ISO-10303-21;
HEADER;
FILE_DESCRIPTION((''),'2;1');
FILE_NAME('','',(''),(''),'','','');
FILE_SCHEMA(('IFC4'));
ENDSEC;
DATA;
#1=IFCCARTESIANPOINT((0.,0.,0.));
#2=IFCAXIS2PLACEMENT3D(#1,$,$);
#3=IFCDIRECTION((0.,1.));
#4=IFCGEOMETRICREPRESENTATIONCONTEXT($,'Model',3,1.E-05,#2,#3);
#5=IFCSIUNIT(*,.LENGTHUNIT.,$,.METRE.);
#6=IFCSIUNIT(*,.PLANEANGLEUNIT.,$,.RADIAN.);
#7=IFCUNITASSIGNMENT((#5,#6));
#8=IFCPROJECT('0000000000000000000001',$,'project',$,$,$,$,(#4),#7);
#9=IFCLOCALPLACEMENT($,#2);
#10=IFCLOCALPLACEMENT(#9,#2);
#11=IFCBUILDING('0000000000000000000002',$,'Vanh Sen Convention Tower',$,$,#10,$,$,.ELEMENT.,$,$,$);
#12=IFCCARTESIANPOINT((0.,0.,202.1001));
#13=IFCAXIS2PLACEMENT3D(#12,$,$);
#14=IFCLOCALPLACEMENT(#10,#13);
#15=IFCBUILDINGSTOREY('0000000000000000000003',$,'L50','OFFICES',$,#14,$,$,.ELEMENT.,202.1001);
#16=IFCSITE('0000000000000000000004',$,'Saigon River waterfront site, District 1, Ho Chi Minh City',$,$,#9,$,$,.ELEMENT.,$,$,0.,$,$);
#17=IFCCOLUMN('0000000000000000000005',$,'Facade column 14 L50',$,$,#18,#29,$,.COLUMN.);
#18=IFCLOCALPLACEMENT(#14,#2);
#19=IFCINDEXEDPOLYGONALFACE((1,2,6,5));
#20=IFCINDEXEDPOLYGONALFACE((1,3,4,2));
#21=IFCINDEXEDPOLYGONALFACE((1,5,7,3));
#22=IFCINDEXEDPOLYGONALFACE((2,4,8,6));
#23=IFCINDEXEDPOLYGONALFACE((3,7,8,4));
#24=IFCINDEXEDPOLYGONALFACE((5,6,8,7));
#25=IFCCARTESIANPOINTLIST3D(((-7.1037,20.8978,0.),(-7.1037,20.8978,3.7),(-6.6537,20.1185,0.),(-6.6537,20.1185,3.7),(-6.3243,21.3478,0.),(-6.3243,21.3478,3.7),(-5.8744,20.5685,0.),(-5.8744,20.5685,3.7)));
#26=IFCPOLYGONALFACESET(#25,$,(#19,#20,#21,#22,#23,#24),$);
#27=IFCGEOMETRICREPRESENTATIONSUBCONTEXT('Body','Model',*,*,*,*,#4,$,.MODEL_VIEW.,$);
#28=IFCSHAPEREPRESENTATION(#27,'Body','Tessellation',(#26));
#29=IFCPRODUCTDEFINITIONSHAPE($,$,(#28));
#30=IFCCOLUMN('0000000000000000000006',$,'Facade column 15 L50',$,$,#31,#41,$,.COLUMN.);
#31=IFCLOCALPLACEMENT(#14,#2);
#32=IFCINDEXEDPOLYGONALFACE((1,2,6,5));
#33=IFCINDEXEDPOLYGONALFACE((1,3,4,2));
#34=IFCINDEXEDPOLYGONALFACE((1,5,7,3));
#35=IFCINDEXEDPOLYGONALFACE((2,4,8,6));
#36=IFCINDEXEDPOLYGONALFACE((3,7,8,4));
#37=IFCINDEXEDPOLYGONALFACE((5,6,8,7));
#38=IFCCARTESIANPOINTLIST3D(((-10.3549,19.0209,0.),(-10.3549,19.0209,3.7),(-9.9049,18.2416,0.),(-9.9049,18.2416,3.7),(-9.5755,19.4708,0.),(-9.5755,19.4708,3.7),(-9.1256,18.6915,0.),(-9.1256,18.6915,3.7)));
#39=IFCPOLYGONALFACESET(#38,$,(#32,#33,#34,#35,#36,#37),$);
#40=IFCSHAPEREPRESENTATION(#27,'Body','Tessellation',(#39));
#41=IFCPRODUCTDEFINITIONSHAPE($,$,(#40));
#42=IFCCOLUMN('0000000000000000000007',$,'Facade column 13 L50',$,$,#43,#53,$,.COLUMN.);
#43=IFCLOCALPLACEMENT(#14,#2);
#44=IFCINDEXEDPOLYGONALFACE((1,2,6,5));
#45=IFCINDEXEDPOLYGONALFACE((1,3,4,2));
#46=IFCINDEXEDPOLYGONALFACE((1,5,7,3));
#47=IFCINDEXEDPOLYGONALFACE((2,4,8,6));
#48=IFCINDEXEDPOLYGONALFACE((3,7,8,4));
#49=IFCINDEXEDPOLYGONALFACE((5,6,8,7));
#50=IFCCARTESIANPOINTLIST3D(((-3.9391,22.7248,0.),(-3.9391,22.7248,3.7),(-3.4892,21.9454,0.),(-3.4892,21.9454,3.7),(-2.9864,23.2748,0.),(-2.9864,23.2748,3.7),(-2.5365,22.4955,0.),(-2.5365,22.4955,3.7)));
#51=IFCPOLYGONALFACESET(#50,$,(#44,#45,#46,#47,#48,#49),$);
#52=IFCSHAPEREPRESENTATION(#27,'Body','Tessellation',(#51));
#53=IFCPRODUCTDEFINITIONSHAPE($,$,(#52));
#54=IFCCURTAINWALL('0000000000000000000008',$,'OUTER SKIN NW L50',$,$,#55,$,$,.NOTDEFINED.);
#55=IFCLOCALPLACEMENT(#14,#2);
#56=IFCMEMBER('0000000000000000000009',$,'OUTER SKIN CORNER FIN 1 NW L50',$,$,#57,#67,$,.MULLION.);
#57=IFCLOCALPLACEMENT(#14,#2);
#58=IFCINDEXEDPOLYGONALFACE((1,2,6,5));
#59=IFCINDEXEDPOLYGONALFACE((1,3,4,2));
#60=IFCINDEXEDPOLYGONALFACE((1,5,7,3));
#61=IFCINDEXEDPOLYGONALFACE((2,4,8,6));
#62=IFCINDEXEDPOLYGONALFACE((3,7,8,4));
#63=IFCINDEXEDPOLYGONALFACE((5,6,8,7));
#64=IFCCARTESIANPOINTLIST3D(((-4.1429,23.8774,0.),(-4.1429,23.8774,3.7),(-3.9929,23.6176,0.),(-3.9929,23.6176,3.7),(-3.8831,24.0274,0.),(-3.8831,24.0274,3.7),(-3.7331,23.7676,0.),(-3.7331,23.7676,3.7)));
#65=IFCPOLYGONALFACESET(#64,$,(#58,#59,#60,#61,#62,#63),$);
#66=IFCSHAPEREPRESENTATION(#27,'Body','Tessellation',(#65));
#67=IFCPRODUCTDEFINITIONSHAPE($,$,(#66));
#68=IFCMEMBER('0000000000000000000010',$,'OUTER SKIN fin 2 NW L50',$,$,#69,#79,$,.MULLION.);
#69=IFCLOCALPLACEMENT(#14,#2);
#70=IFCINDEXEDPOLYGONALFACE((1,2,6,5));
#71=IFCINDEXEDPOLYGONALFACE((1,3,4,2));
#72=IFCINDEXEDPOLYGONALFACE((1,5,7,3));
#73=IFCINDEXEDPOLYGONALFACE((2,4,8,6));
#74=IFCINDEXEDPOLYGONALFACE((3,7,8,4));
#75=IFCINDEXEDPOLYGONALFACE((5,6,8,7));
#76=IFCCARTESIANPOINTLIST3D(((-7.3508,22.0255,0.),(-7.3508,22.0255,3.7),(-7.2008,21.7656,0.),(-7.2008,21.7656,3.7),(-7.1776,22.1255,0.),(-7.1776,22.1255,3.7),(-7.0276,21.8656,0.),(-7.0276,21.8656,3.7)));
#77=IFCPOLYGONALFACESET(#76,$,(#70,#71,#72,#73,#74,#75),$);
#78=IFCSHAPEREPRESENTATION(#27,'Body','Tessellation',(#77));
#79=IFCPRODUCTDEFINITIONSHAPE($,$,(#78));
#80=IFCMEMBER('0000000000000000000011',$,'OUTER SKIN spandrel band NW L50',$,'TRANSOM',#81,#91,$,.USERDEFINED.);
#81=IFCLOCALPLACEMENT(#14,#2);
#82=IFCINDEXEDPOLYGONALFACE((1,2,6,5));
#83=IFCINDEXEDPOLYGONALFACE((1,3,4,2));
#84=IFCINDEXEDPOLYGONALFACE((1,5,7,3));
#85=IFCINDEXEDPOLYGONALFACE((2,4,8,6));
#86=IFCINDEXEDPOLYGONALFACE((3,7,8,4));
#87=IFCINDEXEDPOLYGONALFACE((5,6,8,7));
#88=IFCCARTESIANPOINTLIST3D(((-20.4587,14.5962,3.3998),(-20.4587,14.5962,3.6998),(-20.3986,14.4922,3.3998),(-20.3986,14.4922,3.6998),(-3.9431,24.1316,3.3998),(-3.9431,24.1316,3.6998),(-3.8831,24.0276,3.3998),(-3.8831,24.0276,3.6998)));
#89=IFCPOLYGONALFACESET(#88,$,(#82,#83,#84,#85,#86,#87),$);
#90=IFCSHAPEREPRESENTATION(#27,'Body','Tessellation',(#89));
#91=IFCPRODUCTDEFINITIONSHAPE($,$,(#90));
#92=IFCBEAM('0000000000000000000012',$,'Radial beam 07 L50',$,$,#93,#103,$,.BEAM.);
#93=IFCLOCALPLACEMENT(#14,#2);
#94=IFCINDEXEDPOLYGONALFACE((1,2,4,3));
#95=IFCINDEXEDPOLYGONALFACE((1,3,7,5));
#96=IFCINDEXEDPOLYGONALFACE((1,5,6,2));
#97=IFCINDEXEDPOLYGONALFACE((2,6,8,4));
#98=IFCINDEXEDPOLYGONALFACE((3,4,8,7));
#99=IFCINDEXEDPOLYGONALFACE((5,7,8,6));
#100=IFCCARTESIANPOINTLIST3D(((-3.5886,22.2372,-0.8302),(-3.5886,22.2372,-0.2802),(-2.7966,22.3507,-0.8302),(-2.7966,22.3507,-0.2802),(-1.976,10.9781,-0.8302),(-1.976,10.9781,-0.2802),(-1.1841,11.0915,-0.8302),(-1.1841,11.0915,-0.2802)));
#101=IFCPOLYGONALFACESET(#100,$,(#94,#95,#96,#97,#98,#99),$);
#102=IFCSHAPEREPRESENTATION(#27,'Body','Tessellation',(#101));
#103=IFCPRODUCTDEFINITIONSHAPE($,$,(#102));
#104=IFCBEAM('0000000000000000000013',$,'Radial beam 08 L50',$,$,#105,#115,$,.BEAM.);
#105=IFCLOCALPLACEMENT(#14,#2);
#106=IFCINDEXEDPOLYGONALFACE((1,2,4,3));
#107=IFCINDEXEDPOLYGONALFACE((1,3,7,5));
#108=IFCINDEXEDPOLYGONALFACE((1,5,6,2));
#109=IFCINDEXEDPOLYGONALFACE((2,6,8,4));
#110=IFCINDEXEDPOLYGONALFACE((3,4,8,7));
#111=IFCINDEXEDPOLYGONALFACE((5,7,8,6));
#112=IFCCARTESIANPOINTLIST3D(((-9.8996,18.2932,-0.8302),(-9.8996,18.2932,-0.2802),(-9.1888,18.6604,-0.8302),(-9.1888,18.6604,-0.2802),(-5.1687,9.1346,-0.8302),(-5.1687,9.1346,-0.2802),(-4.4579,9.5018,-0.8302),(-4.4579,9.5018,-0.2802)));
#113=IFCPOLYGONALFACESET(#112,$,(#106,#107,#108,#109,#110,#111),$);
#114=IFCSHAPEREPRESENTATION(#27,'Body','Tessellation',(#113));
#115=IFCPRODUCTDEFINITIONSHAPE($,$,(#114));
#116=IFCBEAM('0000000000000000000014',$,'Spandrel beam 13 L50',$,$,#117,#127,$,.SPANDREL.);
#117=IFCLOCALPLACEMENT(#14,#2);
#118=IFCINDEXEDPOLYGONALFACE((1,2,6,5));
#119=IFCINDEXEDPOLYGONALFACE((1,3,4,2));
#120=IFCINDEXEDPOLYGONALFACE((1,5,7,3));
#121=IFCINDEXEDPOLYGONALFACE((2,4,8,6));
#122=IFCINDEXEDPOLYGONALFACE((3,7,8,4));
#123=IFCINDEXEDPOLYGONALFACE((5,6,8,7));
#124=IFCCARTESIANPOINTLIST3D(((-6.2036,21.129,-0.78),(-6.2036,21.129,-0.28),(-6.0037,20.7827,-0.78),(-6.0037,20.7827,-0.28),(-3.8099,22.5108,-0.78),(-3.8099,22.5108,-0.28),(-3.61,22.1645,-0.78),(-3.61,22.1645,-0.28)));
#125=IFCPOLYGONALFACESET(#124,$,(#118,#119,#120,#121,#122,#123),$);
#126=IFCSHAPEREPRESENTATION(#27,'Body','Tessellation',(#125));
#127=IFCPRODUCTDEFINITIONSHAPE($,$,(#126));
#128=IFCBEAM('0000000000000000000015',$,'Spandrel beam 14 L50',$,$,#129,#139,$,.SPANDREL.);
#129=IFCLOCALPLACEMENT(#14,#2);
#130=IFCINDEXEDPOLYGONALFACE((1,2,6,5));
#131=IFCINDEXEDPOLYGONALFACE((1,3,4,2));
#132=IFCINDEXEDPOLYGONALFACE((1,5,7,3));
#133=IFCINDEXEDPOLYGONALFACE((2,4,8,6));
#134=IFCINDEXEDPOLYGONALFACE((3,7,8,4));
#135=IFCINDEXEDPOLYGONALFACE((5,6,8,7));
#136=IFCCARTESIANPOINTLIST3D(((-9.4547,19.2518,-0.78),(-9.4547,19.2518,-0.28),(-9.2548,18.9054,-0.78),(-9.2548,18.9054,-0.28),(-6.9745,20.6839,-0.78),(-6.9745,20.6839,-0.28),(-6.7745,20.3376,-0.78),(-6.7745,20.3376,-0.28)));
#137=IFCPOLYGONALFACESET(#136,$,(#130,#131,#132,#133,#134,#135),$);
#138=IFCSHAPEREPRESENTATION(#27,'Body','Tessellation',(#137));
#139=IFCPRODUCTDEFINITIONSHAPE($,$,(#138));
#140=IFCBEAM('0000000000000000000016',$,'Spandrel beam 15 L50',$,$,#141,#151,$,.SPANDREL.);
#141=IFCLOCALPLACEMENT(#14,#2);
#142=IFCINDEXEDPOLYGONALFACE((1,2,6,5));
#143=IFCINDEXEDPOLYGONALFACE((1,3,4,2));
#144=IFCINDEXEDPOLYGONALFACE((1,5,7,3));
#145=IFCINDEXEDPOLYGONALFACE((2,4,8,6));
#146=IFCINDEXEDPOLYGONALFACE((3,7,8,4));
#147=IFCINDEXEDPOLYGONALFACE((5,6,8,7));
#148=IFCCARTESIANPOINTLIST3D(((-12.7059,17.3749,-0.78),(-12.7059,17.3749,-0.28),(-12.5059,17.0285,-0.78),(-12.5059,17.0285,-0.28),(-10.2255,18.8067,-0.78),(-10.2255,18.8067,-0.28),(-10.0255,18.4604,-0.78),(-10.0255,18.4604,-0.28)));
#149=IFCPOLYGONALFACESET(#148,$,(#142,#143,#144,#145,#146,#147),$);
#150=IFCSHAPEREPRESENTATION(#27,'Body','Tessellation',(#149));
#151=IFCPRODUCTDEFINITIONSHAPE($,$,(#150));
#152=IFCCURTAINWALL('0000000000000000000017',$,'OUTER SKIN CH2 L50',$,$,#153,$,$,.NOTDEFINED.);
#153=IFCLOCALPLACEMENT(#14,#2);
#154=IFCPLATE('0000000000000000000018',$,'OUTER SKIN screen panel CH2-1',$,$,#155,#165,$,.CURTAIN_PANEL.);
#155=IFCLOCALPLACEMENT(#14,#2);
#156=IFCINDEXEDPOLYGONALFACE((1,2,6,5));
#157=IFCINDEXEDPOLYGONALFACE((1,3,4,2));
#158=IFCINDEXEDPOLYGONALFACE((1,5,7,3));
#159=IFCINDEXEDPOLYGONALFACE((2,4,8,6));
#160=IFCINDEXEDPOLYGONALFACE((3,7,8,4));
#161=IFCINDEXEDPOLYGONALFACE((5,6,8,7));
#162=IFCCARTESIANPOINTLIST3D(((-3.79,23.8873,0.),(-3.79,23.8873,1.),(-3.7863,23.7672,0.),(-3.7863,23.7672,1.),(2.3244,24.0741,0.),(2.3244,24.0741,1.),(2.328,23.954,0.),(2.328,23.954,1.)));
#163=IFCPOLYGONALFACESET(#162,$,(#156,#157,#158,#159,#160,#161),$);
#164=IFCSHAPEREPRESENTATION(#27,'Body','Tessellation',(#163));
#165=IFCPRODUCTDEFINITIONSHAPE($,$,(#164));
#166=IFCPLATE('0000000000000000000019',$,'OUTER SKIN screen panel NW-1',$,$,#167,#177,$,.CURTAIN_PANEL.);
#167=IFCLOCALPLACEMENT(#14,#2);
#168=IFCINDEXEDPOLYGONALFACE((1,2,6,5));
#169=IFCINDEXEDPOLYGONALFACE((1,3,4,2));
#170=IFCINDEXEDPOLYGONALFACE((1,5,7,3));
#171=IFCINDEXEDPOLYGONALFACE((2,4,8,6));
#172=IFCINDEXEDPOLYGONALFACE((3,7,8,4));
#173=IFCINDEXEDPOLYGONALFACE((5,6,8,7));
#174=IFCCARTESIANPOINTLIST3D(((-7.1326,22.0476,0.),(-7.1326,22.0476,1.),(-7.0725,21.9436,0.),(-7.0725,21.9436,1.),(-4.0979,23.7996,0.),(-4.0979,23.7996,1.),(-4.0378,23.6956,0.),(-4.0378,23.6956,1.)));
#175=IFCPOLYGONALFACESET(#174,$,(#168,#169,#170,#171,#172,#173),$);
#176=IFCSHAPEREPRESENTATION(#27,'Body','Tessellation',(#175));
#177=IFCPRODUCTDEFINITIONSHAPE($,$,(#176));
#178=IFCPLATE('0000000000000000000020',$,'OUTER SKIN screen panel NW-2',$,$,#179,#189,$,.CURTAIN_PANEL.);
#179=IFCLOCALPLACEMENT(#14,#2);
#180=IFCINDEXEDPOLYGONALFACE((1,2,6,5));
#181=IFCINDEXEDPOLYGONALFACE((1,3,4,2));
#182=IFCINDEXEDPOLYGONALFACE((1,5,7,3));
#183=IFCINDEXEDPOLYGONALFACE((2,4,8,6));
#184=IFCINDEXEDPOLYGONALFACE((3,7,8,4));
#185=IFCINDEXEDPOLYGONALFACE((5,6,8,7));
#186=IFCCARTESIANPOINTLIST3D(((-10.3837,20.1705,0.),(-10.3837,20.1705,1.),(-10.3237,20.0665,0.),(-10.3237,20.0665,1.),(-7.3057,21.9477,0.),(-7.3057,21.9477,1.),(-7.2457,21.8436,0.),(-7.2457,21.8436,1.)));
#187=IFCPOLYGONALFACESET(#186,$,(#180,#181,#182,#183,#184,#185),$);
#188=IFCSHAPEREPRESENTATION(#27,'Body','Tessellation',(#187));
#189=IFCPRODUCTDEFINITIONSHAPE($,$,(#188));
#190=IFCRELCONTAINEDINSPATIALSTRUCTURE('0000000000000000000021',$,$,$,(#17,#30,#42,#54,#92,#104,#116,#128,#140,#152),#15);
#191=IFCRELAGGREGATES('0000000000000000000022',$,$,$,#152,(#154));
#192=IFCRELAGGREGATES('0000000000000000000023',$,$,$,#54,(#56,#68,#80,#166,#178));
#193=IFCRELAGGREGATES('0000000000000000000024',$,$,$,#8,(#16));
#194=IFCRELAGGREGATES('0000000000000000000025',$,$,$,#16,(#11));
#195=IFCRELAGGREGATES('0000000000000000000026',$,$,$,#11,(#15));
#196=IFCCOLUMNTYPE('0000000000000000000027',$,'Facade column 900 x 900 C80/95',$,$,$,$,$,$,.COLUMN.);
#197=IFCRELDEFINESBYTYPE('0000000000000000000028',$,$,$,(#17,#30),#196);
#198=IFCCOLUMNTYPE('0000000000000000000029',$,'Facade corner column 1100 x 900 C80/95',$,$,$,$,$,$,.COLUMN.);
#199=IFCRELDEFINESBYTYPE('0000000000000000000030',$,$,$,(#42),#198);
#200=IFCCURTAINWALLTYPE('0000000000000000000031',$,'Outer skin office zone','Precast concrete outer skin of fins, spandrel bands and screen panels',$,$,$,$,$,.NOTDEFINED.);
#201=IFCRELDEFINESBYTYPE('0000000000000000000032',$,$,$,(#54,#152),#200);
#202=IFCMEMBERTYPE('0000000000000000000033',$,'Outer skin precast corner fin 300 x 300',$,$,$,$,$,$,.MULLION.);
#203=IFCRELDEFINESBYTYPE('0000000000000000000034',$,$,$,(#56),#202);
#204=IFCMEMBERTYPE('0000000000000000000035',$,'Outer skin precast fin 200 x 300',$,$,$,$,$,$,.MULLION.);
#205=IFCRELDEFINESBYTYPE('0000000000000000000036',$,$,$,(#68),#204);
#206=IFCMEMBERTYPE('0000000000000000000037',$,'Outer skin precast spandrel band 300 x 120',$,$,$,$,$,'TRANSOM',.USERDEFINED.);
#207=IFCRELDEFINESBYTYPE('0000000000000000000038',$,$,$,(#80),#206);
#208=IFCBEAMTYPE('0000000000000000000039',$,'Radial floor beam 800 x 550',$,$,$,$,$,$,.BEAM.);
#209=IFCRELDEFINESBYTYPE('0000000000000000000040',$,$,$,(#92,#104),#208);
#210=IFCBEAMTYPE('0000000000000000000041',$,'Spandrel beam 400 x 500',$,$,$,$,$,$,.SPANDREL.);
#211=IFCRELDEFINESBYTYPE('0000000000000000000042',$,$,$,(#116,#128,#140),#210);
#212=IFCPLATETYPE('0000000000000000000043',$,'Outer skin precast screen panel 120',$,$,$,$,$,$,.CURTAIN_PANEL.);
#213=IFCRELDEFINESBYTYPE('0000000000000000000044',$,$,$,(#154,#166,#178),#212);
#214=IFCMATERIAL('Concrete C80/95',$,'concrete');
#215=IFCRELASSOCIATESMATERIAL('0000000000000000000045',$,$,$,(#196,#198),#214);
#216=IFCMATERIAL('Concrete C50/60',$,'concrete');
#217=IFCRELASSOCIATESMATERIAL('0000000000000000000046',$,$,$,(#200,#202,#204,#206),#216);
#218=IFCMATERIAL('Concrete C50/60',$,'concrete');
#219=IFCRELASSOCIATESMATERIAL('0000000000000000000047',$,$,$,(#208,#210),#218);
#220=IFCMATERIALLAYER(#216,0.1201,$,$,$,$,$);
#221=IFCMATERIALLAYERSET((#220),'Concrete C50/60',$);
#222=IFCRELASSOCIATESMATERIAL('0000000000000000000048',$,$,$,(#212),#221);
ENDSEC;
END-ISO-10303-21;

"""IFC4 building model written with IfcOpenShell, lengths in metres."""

from ifc_helpers import new_model, si_unit, direction, frame, origin, origin_2d, place, context, subcontext, project, spatial, rectangle, extrude, material, layer, layer_set, material_profile, profile_set, type_object, element, aggregate, save


model = new_model("IFC4")

# Units and contexts
model_context = context("Model", 3, precision=1e-05, world=origin(), true_north=direction((0.0, 1.0)))
body_context = subcontext(model_context, "Body", "Model", "MODEL_VIEW")
ifc_project = project(units=[si_unit("LENGTHUNIT", "METRE"), si_unit("PLANEANGLEUNIT", "RADIAN")], contexts=[model_context])

# Site, building, storey
site_placement = place(None, origin())
site = spatial("IfcSite", under=ifc_project, at=site_placement, Name="Saigon River waterfront site, District 1, Ho Chi Minh City", CompositionType="ELEMENT", RefElevation=0.0)
building_placement = place(site_placement, origin())
building = spatial("IfcBuilding", under=site, at=building_placement, Name="Vanh Sen Convention Tower", CompositionType="ELEMENT")
storey_placement = place(building_placement, frame((0.0, 0.0, 202.1001)))
storey = spatial("IfcBuildingStorey", under=building, at=storey_placement, Name="L50", Description="OFFICES", CompositionType="ELEMENT", Elevation=202.1001)

# Columns
ifc_material_1 = material(Name="Concrete C80/95", Category="concrete")
ifc_material_profile_1 = material_profile(ifc_material_1, rectangle(XDim=0.8999, YDim=0.8999, at=origin_2d()), Name="RC 900X900")
ifc_profile_set_1 = profile_set([ifc_material_profile_1], Name="Concrete C80/95")
column_type_1 = type_object("IfcColumnType", Name="Facade column 900 x 900 C80/95", PredefinedType="COLUMN", material=ifc_profile_set_1)
for number, where, z_axis, x_axis, name in (
    (1, (-6.489, 20.7332, 0.0), (0.0, 0.0, 1.0), (-0.866025, -0.5, 0.0), "Facade column 14 L50"),
    (2, (-9.7402, 18.8562, 0.0), (0.0, 0.0, 1.0), (-0.866025, -0.5, 0.0), "Facade column 15 L50"),
):
    element("IfcColumn", number, at=place(storey_placement, frame(where, z_axis=z_axis, x_axis=x_axis)), inside=storey, type_object=column_type_1, Name=name, PredefinedType="COLUMN", context=body_context, shape_type="SweptSolid", body=[
        extrude(rectangle(XDim=0.8999, YDim=0.8999, at=origin_2d()), origin(), (0.0, 0.0, 1.0), 3.7),
    ])
ifc_material_profile_2 = material_profile(ifc_material_1, rectangle(XDim=1.1001, YDim=0.8999, at=origin_2d()), Name="RC 1100X900")
ifc_profile_set_2 = profile_set([ifc_material_profile_2], Name="Concrete C80/95")
column_type_2 = type_object("IfcColumnType", Name="Facade corner column 1100 x 900 C80/95", PredefinedType="COLUMN", material=ifc_profile_set_2)
column_placement = place(storey_placement, frame((-3.2378, 22.6101, 0.0), z_axis=(0.0, 0.0, 1.0), x_axis=(-0.866025, -0.5, 0.0)))
element("IfcColumn", 3, at=column_placement, inside=storey, type_object=column_type_2, Name="Facade column 13 L50", PredefinedType="COLUMN", context=body_context, shape_type="SweptSolid", body=[
    extrude(rectangle(XDim=1.1001, YDim=0.8999, at=origin_2d()), origin(), (0.0, 0.0, 1.0), 3.7),
])

# Curtain wall, members
ifc_material_2 = material(Name="Concrete C50/60", Category="concrete")
curtain_wall_type = type_object("IfcCurtainWallType", Name="Outer skin office zone", Description="Precast concrete outer skin of fins, spandrel bands and screen panels", PredefinedType="NOTDEFINED", material=ifc_material_2)
curtain_wall_1_placement = place(storey_placement, origin())
curtain_wall_1 = element("IfcCurtainWall", 4, at=curtain_wall_1_placement, inside=storey, type_object=curtain_wall_type, Name="OUTER SKIN NW L50", PredefinedType="NOTDEFINED")
ifc_material_profile_3 = material_profile(ifc_material_2, rectangle(XDim=0.3, YDim=0.3, at=origin_2d()), Name="Outer skin precast corner fin 300 x 300")
ifc_profile_set_3 = profile_set([ifc_material_profile_3], Name="Concrete C50/60")
member_type_1 = type_object("IfcMemberType", Name="Outer skin precast corner fin 300 x 300", PredefinedType="MULLION", material=ifc_profile_set_3)
member_1_placement = place(storey_placement, frame((-3.938, 23.8225, 0.0), z_axis=(0.0, 0.0, 1.0), x_axis=(-0.866025, -0.5, 0.0)))
member_1 = element("IfcMember", 5, at=member_1_placement, type_object=member_type_1, Name="OUTER SKIN CORNER FIN 1 NW L50", PredefinedType="MULLION", context=body_context, shape_type="SweptSolid", body=[
    extrude(rectangle(XDim=0.3, YDim=0.3, at=origin_2d()), origin(), (0.0, 0.0, 1.0), 3.7),
])
ifc_material_profile_4 = material_profile(ifc_material_2, rectangle(XDim=0.2, YDim=0.3, at=origin_2d()), Name="Outer skin precast fin 200 x 300")
ifc_profile_set_4 = profile_set([ifc_material_profile_4], Name="Concrete C50/60")
member_type_2 = type_object("IfcMemberType", Name="Outer skin precast fin 200 x 300", PredefinedType="MULLION", material=ifc_profile_set_4)
member_2_placement = place(storey_placement, frame((-7.1892, 21.9456, 0.0), z_axis=(0.0, 0.0, 1.0), x_axis=(-0.866025, -0.5, 0.0)))
member_2 = element("IfcMember", 6, at=member_2_placement, type_object=member_type_2, Name="OUTER SKIN fin 2 NW L50", PredefinedType="MULLION", context=body_context, shape_type="SweptSolid", body=[
    extrude(rectangle(XDim=0.2, YDim=0.3, at=origin_2d()), origin(), (0.0, 0.0, 1.0), 3.7),
])
ifc_material_profile_5 = material_profile(ifc_material_2, rectangle(XDim=0.1201, YDim=0.3, at=origin_2d()), Name="Outer skin precast spandrel band 300 x 120")
ifc_profile_set_5 = profile_set([ifc_material_profile_5], Name="Concrete C50/60")
member_type_3 = type_object("IfcMemberType", Name="Outer skin precast spandrel band 300 x 120", ElementType="TRANSOM", PredefinedType="USERDEFINED", material=ifc_profile_set_5)
member_3_placement = place(storey_placement, frame((-3.9131, 24.0796, 3.5498), z_axis=(-0.866023, -0.500004, 0.0), x_axis=(0.500004, -0.866023, 0.0)))
member_3 = element("IfcMember", 7, at=member_3_placement, type_object=member_type_3, Name="OUTER SKIN spandrel band NW L50", ObjectType="TRANSOM", PredefinedType="USERDEFINED", context=body_context, shape_type="SweptSolid", body=[
    extrude(rectangle(XDim=0.1201, YDim=0.3, at=origin_2d()), origin(), (0.0, 0.0, 1.0), 19.0706),
])

# Beams
ifc_material_3 = material(Name="Concrete C50/60", Category="concrete")
ifc_material_profile_6 = material_profile(ifc_material_3, rectangle(XDim=0.8, YDim=0.55, at=origin_2d()), Name="RC 800X550")
ifc_profile_set_6 = profile_set([ifc_material_profile_6], Name="Concrete C50/60")
beam_type_1 = type_object("IfcBeamType", Name="Radial floor beam 800 x 550", PredefinedType="BEAM", material=ifc_profile_set_6)
beam_1_placement = place(storey_placement, frame((-3.1926, 22.2939, -0.5552), z_axis=(0.141776, -0.989899, 0.0), x_axis=(0.989899, 0.141776, 0.0)))
element("IfcBeam", 8, at=beam_1_placement, inside=storey, type_object=beam_type_1, Name="Radial beam 07 L50", PredefinedType="BEAM", context=body_context, shape_type="SweptSolid", body=[
    extrude(rectangle(XDim=0.8, YDim=0.55, at=origin_2d()), origin(), (0.0, 0.0, 1.0), 11.374),
])
beam_2_placement = place(storey_placement, frame((-9.5442, 18.4768, -0.5552), z_axis=(0.458941, -0.888467, 0.0), x_axis=(0.888467, 0.458941, 0.0)))
element("IfcBeam", 9, at=beam_2_placement, inside=storey, type_object=beam_type_1, Name="Radial beam 08 L50", PredefinedType="BEAM", context=body_context, shape_type="SweptSolid", body=[
    extrude(rectangle(XDim=0.8, YDim=0.55, at=origin_2d()), origin(), (0.0, 0.0, 1.0), 10.3083),
])
ifc_material_profile_7 = material_profile(ifc_material_3, rectangle(XDim=0.3999, YDim=0.5, at=origin_2d()), Name="RC 400X500")
ifc_profile_set_7 = profile_set([ifc_material_profile_7], Name="Concrete C50/60")
beam_type_2 = type_object("IfcBeamType", Name="Spandrel beam 400 x 500", PredefinedType="SPANDREL", material=ifc_profile_set_7)
beam_3_placement = place(storey_placement, frame((-3.71, 22.3376, -0.53), z_axis=(-0.866061, -0.499939, 0.0), x_axis=(0.499939, -0.866061, 0.0)))
element("IfcBeam", 10, at=beam_3_placement, inside=storey, type_object=beam_type_2, Name="Spandrel beam 13 L50", PredefinedType="SPANDREL", context=body_context, shape_type="SweptSolid", body=[
    extrude(rectangle(XDim=0.3999, YDim=0.5, at=origin_2d()), origin(), (0.0, 0.0, 1.0), 2.7639),
])
for number, where, z_axis, x_axis, name in (
    (11, (-6.8745, 20.5107, -0.53), (-0.866, -0.500045, 0.0), (0.500045, -0.866, 0.0), "Spandrel beam 14 L50"),
    (12, (-10.1255, 18.6335, -0.53), (-0.866058, -0.499944, 0.0), (0.499944, -0.866058, 0.0), "Spandrel beam 15 L50"),
):
    element("IfcBeam", number, at=place(storey_placement, frame(where, z_axis=z_axis, x_axis=x_axis)), inside=storey, type_object=beam_type_2, Name=name, PredefinedType="SPANDREL", context=body_context, shape_type="SweptSolid", body=[
        extrude(rectangle(XDim=0.3999, YDim=0.5, at=origin_2d()), origin(), (0.0, 0.0, 1.0), 2.864),
    ])

# Curtain wall, plate
curtain_wall_2_placement = place(storey_placement, origin())
curtain_wall_2 = element("IfcCurtainWall", 13, at=curtain_wall_2_placement, inside=storey, type_object=curtain_wall_type, Name="OUTER SKIN CH2 L50", PredefinedType="NOTDEFINED")
ifc_layer_1 = layer(ifc_material_2, 0.1201)
ifc_layer_set_1 = layer_set([ifc_layer_1], Name="Concrete C50/60")
plate_type = type_object("IfcPlateType", Name="Outer skin precast screen panel 120", PredefinedType="CURTAIN_PANEL", material=ifc_layer_set_1)
plate_1_placement = place(storey_placement, frame((-0.731, 23.9207, 0.0), z_axis=(0.0, 0.0, 1.0), x_axis=(-0.999534, -0.030539, 0.0)))
plate_1 = element("IfcPlate", 14, at=plate_1_placement, type_object=plate_type, Name="OUTER SKIN screen panel CH2-1", PredefinedType="CURTAIN_PANEL", context=body_context, shape_type="SweptSolid", body=[
    extrude(rectangle(XDim=6.1172, YDim=0.1201, at=origin_2d()), origin(), (0.0, 0.0, 1.0), 1.0),
])
aggregate(curtain_wall_2, [plate_1])

# Plates
plate_2_placement = place(storey_placement, frame((-5.5852, 22.8716, 0.0), z_axis=(0.0, 0.0, 1.0), x_axis=(-0.866035, -0.499983, 0.0)))
plate_2 = element("IfcPlate", 15, at=plate_2_placement, type_object=plate_type, Name="OUTER SKIN screen panel NW-1", PredefinedType="CURTAIN_PANEL", context=body_context, shape_type="SweptSolid", body=[
    extrude(rectangle(XDim=3.5042, YDim=0.1201, at=origin_2d()), origin(), (0.0, 0.0, 1.0), 1.0),
])
plate_3_placement = place(storey_placement, frame((-8.8147, 21.0071, 0.0), z_axis=(0.0, 0.0, 1.0), x_axis=(-0.866017, -0.500015, 0.0)))
plate_3 = element("IfcPlate", 16, at=plate_3_placement, type_object=plate_type, Name="OUTER SKIN screen panel NW-2", PredefinedType="CURTAIN_PANEL", context=body_context, shape_type="SweptSolid", body=[
    extrude(rectangle(XDim=3.5542, YDim=0.1201, at=origin_2d()), origin(), (0.0, 0.0, 1.0), 1.0),
])
aggregate(curtain_wall_1, [member_1, member_2, member_3, plate_2, plate_3])

save(model, "model.ifc")
